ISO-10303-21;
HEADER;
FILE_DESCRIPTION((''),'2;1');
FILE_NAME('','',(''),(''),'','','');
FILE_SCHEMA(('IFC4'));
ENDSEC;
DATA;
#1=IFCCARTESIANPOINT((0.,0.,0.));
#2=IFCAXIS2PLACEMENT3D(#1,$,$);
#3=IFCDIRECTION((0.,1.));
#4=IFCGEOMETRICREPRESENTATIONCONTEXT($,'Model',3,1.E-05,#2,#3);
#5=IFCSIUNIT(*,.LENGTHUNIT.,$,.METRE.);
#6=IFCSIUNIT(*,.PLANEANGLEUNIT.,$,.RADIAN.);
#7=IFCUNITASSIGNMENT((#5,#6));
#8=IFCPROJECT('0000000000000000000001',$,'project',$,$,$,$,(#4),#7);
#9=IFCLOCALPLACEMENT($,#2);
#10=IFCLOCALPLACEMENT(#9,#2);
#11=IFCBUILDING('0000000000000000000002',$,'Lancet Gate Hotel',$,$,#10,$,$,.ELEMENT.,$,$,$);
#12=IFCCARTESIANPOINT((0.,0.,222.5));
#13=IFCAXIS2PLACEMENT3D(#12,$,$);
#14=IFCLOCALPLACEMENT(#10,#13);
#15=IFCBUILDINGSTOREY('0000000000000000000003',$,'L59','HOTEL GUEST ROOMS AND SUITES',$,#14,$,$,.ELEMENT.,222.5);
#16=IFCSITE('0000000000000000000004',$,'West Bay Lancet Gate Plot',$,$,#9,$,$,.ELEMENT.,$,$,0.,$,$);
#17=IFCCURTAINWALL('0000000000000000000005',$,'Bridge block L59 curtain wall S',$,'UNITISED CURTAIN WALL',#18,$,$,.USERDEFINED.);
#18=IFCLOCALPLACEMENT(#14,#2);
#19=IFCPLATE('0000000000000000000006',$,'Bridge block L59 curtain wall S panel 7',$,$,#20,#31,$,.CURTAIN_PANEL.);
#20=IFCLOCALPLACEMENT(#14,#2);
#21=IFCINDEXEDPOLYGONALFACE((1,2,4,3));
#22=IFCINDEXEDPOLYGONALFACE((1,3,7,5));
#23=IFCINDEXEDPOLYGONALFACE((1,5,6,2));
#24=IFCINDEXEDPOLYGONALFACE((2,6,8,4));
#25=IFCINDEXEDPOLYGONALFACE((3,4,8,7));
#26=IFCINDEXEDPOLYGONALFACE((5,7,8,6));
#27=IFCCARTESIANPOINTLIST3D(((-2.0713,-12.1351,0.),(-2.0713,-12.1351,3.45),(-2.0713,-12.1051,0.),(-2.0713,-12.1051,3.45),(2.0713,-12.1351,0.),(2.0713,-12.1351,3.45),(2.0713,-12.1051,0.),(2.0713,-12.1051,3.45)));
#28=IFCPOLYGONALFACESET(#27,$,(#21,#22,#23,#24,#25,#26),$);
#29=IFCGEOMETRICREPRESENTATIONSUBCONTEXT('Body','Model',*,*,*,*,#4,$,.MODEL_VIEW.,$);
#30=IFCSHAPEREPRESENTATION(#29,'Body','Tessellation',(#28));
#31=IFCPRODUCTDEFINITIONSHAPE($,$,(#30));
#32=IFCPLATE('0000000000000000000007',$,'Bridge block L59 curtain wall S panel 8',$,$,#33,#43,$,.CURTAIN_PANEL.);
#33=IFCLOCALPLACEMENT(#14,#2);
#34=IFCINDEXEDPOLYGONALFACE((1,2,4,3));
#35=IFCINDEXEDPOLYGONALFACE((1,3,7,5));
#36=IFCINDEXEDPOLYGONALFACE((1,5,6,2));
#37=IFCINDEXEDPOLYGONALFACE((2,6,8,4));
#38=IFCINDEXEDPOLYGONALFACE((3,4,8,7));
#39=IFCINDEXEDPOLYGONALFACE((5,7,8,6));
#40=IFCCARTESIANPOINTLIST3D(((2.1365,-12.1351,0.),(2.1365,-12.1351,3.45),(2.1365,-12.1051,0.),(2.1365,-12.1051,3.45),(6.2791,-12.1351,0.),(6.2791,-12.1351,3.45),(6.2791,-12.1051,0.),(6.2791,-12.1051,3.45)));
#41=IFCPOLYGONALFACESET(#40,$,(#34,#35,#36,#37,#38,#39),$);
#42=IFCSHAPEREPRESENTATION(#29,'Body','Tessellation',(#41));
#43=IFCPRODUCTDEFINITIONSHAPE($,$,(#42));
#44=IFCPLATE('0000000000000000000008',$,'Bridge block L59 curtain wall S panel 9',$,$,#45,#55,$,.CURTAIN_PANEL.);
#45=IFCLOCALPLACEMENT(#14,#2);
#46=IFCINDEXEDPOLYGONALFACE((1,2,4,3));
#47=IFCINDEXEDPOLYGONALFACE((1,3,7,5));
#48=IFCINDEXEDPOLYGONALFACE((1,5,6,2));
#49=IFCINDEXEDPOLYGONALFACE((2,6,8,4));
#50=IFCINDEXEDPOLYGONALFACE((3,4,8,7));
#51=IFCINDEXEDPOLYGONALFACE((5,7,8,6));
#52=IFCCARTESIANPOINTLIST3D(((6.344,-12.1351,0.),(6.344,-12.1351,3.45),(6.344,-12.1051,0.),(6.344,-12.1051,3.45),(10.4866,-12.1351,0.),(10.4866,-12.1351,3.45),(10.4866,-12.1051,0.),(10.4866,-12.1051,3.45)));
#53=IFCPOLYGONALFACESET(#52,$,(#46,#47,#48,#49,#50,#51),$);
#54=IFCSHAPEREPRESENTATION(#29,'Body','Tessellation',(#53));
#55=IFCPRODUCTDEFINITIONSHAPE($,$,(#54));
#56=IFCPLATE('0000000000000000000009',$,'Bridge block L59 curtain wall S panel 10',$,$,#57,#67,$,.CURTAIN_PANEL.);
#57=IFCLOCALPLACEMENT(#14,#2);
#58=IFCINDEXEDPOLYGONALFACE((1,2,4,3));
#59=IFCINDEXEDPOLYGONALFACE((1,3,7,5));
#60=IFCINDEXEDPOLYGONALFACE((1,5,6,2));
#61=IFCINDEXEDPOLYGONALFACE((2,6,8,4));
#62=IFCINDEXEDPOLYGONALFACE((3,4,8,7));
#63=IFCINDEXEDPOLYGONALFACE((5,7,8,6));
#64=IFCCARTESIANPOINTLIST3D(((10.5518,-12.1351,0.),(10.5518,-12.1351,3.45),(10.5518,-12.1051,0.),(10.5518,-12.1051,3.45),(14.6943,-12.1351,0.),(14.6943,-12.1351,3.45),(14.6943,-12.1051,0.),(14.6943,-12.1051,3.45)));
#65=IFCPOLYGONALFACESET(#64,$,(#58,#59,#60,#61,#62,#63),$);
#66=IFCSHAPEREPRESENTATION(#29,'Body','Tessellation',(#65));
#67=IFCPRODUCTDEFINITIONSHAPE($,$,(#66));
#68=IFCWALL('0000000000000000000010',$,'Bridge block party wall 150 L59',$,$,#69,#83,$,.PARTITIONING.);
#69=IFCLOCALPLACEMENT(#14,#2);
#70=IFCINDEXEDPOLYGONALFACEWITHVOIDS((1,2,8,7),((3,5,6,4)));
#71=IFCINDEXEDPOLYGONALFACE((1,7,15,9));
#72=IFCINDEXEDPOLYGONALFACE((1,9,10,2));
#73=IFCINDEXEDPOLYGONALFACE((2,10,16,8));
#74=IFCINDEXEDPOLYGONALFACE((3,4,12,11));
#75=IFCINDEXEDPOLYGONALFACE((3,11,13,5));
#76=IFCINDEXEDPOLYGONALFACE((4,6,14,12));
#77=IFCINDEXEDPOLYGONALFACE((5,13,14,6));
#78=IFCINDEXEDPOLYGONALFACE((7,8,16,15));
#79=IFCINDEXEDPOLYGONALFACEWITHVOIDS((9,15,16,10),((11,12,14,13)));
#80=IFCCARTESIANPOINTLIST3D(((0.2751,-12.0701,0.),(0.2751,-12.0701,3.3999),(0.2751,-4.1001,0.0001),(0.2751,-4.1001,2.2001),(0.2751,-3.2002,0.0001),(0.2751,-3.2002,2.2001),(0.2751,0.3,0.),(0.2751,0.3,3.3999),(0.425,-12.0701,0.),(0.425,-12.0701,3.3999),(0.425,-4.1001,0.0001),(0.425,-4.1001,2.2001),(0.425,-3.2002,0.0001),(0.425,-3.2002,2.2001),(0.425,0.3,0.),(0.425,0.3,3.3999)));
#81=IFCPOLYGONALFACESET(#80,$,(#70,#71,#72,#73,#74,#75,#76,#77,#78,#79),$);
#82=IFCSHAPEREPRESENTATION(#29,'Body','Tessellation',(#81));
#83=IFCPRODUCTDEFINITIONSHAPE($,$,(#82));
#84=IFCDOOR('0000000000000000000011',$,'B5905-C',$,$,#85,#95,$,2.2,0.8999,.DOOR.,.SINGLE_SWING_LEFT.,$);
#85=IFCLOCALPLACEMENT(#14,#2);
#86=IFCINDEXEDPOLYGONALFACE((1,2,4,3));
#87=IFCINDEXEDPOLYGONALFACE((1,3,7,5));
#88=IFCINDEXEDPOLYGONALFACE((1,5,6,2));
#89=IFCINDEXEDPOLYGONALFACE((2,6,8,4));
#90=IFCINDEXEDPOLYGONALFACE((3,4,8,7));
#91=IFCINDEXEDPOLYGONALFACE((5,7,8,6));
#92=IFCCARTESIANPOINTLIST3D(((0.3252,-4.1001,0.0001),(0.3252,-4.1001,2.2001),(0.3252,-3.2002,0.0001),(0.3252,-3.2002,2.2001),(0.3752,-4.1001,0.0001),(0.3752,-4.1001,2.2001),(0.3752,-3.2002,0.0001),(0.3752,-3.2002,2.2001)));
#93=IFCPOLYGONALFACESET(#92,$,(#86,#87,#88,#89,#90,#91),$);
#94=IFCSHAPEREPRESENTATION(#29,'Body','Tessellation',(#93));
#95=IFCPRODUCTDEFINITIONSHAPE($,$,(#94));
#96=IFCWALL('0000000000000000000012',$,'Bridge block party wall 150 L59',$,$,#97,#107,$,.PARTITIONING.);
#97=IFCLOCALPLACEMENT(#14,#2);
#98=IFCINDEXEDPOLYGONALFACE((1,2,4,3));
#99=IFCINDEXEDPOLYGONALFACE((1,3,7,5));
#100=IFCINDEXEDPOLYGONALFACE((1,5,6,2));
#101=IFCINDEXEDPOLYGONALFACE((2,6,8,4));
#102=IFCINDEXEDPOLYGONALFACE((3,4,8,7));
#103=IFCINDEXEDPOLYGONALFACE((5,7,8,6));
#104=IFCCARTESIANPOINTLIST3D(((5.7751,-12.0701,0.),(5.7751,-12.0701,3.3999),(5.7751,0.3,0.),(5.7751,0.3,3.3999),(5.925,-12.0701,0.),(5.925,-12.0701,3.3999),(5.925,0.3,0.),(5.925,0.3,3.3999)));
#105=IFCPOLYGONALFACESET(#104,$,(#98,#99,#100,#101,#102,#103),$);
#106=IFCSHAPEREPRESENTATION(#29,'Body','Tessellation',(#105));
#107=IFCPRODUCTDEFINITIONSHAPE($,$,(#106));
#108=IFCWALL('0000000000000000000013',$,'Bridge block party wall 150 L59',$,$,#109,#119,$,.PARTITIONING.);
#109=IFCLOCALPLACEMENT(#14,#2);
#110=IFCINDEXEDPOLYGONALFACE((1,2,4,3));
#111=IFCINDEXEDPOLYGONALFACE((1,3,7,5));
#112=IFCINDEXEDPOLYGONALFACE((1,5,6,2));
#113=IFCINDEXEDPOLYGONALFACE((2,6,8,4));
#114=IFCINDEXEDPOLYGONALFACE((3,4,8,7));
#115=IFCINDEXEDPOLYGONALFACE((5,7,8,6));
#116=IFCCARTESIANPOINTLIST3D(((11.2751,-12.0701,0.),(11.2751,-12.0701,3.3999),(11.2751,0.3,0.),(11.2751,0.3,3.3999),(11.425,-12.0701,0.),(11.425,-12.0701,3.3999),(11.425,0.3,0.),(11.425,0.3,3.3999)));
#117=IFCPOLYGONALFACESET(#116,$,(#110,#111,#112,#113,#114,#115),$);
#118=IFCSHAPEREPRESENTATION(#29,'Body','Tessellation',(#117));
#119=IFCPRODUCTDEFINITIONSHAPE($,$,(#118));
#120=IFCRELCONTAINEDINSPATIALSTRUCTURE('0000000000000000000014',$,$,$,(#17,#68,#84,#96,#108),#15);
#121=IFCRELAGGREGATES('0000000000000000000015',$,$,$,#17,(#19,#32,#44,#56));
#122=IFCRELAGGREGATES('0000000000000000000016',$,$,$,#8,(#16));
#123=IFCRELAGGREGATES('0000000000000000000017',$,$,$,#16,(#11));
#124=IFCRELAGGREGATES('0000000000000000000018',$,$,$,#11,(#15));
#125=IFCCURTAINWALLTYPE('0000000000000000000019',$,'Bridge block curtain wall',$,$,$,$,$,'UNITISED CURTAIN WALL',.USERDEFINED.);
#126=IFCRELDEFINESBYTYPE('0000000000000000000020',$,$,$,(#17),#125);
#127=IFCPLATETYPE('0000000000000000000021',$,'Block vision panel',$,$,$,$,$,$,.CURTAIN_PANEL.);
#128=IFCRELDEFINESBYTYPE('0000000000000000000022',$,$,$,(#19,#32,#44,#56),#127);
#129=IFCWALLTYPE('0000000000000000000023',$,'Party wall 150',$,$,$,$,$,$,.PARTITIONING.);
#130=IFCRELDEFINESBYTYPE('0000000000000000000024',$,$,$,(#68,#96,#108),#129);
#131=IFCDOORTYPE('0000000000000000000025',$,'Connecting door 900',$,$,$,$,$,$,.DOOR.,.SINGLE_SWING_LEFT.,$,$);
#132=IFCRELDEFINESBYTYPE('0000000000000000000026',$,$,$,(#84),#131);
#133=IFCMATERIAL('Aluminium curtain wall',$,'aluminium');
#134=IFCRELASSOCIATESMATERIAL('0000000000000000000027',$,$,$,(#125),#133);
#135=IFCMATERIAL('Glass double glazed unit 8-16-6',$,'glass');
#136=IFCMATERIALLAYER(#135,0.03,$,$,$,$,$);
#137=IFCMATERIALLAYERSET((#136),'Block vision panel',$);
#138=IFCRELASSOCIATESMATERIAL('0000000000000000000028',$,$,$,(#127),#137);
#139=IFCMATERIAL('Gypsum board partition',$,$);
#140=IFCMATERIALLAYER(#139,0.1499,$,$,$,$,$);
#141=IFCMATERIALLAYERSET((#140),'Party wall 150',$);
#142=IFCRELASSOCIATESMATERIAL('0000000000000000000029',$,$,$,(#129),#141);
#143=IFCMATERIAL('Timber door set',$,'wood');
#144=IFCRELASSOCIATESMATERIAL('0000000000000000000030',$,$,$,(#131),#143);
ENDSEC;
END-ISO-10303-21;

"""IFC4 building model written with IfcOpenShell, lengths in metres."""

from ifc_helpers import new_model, si_unit, direction, frame, frame_2d, origin, origin_2d, place, context, subcontext, project, spatial, rectangle, extrude, material, layer, layer_set, type_object, element, fill, aggregate, save


model = new_model("IFC4")

# Units and contexts
model_context = context("Model", 3, precision=1e-05, world=origin(), true_north=direction((0.0, 1.0)))
body_context = subcontext(model_context, "Body", "Model", "MODEL_VIEW")
ifc_project = project(units=[si_unit("LENGTHUNIT", "METRE"), si_unit("PLANEANGLEUNIT", "RADIAN")], contexts=[model_context])

# Site, building, storey
site_placement = place(None, origin())
site = spatial("IfcSite", under=ifc_project, at=site_placement, Name="West Bay Lancet Gate Plot", CompositionType="ELEMENT", RefElevation=0.0)
building_placement = place(site_placement, origin())
building = spatial("IfcBuilding", under=site, at=building_placement, Name="Lancet Gate Hotel", CompositionType="ELEMENT")
storey_placement = place(building_placement, frame((0.0, 0.0, 222.5)))
storey = spatial("IfcBuildingStorey", under=building, at=storey_placement, Name="L59", Description="HOTEL GUEST ROOMS AND SUITES", CompositionType="ELEMENT", Elevation=222.5)

# Curtain wall
ifc_material_1 = material(Name="Aluminium curtain wall", Category="aluminium")
curtain_wall_type = type_object("IfcCurtainWallType", Name="Bridge block curtain wall", ElementType="UNITISED CURTAIN WALL", PredefinedType="USERDEFINED", material=ifc_material_1)
curtain_wall_placement = place(storey_placement, origin())
curtain_wall = element("IfcCurtainWall", 1, at=curtain_wall_placement, inside=storey, type_object=curtain_wall_type, Name="Bridge block L59 curtain wall S", ObjectType="UNITISED CURTAIN WALL", PredefinedType="USERDEFINED")

# Plates
ifc_material_2 = material(Name="Glass double glazed unit 8-16-6", Category="glass")
ifc_layer_1 = layer(ifc_material_2, 0.03)
ifc_layer_set_1 = layer_set([ifc_layer_1], Name="Block vision panel")
plate_type = type_object("IfcPlateType", Name="Block vision panel", PredefinedType="CURTAIN_PANEL", material=ifc_layer_set_1)
plate_1_placement = place(storey_placement, frame((0.0, -12.1201, 0.0), z_axis=(0.0, 0.0, 1.0), x_axis=(1.0, 0.0, 0.0)))
plate_1 = element("IfcPlate", 2, at=plate_1_placement, type_object=plate_type, Name="Bridge block L59 curtain wall S panel 7", PredefinedType="CURTAIN_PANEL", context=body_context, shape_type="SweptSolid", body=[
    extrude(rectangle(XDim=4.1426, YDim=0.03, at=origin_2d()), origin(), (0.0, 0.0, 1.0), 3.45),
])
plate_2_placement = place(storey_placement, frame((4.2078, -12.1201, 0.0), z_axis=(0.0, 0.0, 1.0), x_axis=(1.0, 0.0, 0.0)))
plate_2 = element("IfcPlate", 3, at=plate_2_placement, type_object=plate_type, Name="Bridge block L59 curtain wall S panel 8", PredefinedType="CURTAIN_PANEL", context=body_context, shape_type="SweptSolid", body=[
    extrude(rectangle(XDim=4.1426, YDim=0.03, at=origin_2d()), origin(), (0.0, 0.0, 1.0), 3.45),
])
plate_3_placement = place(storey_placement, frame((8.4153, -12.1201, 0.0), z_axis=(0.0, 0.0, 1.0), x_axis=(1.0, 0.0, 0.0)))
plate_3 = element("IfcPlate", 4, at=plate_3_placement, type_object=plate_type, Name="Bridge block L59 curtain wall S panel 9", PredefinedType="CURTAIN_PANEL", context=body_context, shape_type="SweptSolid", body=[
    extrude(rectangle(XDim=4.1426, YDim=0.03, at=origin_2d()), origin(), (0.0, 0.0, 1.0), 3.45),
])
plate_4_placement = place(storey_placement, frame((12.623, -12.1201, 0.0), z_axis=(0.0, 0.0, 1.0), x_axis=(1.0, 0.0, 0.0)))
plate_4 = element("IfcPlate", 5, at=plate_4_placement, type_object=plate_type, Name="Bridge block L59 curtain wall S panel 10", PredefinedType="CURTAIN_PANEL", context=body_context, shape_type="SweptSolid", body=[
    extrude(rectangle(XDim=4.1426, YDim=0.03, at=origin_2d()), origin(), (0.0, 0.0, 1.0), 3.45),
])
aggregate(curtain_wall, [plate_1, plate_2, plate_3, plate_4])

# Wall, opening, door
ifc_material_3 = material(Name="Gypsum board partition")
ifc_layer_2 = layer(ifc_material_3, 0.1499)
ifc_layer_set_2 = layer_set([ifc_layer_2], Name="Party wall 150")
wall_type = type_object("IfcWallType", Name="Party wall 150", PredefinedType="PARTITIONING", material=ifc_layer_set_2)
wall_placement = place(storey_placement, frame((0.3501, -12.0701, 0.0), z_axis=(0.0, 0.0, 1.0), x_axis=(0.0, 1.0, 0.0)))
wall = element("IfcWall", 6, at=wall_placement, inside=storey, type_object=wall_type, Name="Bridge block party wall 150 L59", PredefinedType="PARTITIONING", context=body_context, shape_type="SweptSolid", body=[
    extrude(rectangle(XDim=12.3701, YDim=0.1499, at=frame_2d((6.1851, 0.0))), origin(), (0.0, 0.0, 1.0), 3.3999),
])
opening_placement = place(wall_placement, frame((7.97, 0.0, 0.0)))
opening = element("IfcOpeningElement", 7, at=opening_placement, cuts=wall, PredefinedType="OPENING", context=body_context, shape_type="SweptSolid", body=[
    extrude(rectangle(XDim=0.8999, YDim=2.2, at=frame_2d((0.45, 1.1001))), frame((0.0, 0.085, 0.0), z_axis=(0.0, -1.0, 0.0), x_axis=(1.0, 0.0, 0.0)), (0.0, 0.0, 1.0), 0.1699),
])
ifc_material_4 = material(Name="Timber door set", Category="wood")
door_type = type_object("IfcDoorType", Name="Connecting door 900", OperationType="SINGLE_SWING_LEFT", PredefinedType="DOOR", material=ifc_material_4)
door_placement = place(opening_placement, origin())
door = element("IfcDoor", 8, at=door_placement, inside=storey, type_object=door_type, Name="B5905-C", OperationType="SINGLE_SWING_LEFT", OverallHeight=2.2, OverallWidth=0.8999, PredefinedType="DOOR", context=body_context, shape_type="SweptSolid", body=[
    extrude(rectangle(XDim=0.8999, YDim=2.2, at=frame_2d((0.45, 1.1001))), frame((0.0, 0.0249, 0.0), z_axis=(0.0, -1.0, 0.0), x_axis=(1.0, 0.0, 0.0)), (0.0, 0.0, 1.0), 0.05),
])
fill(opening, door)

# Walls
for number, where, z_axis, x_axis, name in (
    (9, (5.8501, -12.0701, 0.0), (0.0, 0.0, 1.0), (0.0, 1.0, 0.0), "Bridge block party wall 150 L59"),
    (10, (11.3501, -12.0701, 0.0), (0.0, 0.0, 1.0), (0.0, 1.0, 0.0), "Bridge block party wall 150 L59"),
):
    element("IfcWall", number, at=place(storey_placement, frame(where, z_axis=z_axis, x_axis=x_axis)), inside=storey, type_object=wall_type, Name=name, PredefinedType="PARTITIONING", context=body_context, shape_type="SweptSolid", body=[
        extrude(rectangle(XDim=12.3701, YDim=0.1499, at=frame_2d((6.1851, 0.0))), origin(), (0.0, 0.0, 1.0), 3.3999),
    ])

save(model, "model.ifc")
